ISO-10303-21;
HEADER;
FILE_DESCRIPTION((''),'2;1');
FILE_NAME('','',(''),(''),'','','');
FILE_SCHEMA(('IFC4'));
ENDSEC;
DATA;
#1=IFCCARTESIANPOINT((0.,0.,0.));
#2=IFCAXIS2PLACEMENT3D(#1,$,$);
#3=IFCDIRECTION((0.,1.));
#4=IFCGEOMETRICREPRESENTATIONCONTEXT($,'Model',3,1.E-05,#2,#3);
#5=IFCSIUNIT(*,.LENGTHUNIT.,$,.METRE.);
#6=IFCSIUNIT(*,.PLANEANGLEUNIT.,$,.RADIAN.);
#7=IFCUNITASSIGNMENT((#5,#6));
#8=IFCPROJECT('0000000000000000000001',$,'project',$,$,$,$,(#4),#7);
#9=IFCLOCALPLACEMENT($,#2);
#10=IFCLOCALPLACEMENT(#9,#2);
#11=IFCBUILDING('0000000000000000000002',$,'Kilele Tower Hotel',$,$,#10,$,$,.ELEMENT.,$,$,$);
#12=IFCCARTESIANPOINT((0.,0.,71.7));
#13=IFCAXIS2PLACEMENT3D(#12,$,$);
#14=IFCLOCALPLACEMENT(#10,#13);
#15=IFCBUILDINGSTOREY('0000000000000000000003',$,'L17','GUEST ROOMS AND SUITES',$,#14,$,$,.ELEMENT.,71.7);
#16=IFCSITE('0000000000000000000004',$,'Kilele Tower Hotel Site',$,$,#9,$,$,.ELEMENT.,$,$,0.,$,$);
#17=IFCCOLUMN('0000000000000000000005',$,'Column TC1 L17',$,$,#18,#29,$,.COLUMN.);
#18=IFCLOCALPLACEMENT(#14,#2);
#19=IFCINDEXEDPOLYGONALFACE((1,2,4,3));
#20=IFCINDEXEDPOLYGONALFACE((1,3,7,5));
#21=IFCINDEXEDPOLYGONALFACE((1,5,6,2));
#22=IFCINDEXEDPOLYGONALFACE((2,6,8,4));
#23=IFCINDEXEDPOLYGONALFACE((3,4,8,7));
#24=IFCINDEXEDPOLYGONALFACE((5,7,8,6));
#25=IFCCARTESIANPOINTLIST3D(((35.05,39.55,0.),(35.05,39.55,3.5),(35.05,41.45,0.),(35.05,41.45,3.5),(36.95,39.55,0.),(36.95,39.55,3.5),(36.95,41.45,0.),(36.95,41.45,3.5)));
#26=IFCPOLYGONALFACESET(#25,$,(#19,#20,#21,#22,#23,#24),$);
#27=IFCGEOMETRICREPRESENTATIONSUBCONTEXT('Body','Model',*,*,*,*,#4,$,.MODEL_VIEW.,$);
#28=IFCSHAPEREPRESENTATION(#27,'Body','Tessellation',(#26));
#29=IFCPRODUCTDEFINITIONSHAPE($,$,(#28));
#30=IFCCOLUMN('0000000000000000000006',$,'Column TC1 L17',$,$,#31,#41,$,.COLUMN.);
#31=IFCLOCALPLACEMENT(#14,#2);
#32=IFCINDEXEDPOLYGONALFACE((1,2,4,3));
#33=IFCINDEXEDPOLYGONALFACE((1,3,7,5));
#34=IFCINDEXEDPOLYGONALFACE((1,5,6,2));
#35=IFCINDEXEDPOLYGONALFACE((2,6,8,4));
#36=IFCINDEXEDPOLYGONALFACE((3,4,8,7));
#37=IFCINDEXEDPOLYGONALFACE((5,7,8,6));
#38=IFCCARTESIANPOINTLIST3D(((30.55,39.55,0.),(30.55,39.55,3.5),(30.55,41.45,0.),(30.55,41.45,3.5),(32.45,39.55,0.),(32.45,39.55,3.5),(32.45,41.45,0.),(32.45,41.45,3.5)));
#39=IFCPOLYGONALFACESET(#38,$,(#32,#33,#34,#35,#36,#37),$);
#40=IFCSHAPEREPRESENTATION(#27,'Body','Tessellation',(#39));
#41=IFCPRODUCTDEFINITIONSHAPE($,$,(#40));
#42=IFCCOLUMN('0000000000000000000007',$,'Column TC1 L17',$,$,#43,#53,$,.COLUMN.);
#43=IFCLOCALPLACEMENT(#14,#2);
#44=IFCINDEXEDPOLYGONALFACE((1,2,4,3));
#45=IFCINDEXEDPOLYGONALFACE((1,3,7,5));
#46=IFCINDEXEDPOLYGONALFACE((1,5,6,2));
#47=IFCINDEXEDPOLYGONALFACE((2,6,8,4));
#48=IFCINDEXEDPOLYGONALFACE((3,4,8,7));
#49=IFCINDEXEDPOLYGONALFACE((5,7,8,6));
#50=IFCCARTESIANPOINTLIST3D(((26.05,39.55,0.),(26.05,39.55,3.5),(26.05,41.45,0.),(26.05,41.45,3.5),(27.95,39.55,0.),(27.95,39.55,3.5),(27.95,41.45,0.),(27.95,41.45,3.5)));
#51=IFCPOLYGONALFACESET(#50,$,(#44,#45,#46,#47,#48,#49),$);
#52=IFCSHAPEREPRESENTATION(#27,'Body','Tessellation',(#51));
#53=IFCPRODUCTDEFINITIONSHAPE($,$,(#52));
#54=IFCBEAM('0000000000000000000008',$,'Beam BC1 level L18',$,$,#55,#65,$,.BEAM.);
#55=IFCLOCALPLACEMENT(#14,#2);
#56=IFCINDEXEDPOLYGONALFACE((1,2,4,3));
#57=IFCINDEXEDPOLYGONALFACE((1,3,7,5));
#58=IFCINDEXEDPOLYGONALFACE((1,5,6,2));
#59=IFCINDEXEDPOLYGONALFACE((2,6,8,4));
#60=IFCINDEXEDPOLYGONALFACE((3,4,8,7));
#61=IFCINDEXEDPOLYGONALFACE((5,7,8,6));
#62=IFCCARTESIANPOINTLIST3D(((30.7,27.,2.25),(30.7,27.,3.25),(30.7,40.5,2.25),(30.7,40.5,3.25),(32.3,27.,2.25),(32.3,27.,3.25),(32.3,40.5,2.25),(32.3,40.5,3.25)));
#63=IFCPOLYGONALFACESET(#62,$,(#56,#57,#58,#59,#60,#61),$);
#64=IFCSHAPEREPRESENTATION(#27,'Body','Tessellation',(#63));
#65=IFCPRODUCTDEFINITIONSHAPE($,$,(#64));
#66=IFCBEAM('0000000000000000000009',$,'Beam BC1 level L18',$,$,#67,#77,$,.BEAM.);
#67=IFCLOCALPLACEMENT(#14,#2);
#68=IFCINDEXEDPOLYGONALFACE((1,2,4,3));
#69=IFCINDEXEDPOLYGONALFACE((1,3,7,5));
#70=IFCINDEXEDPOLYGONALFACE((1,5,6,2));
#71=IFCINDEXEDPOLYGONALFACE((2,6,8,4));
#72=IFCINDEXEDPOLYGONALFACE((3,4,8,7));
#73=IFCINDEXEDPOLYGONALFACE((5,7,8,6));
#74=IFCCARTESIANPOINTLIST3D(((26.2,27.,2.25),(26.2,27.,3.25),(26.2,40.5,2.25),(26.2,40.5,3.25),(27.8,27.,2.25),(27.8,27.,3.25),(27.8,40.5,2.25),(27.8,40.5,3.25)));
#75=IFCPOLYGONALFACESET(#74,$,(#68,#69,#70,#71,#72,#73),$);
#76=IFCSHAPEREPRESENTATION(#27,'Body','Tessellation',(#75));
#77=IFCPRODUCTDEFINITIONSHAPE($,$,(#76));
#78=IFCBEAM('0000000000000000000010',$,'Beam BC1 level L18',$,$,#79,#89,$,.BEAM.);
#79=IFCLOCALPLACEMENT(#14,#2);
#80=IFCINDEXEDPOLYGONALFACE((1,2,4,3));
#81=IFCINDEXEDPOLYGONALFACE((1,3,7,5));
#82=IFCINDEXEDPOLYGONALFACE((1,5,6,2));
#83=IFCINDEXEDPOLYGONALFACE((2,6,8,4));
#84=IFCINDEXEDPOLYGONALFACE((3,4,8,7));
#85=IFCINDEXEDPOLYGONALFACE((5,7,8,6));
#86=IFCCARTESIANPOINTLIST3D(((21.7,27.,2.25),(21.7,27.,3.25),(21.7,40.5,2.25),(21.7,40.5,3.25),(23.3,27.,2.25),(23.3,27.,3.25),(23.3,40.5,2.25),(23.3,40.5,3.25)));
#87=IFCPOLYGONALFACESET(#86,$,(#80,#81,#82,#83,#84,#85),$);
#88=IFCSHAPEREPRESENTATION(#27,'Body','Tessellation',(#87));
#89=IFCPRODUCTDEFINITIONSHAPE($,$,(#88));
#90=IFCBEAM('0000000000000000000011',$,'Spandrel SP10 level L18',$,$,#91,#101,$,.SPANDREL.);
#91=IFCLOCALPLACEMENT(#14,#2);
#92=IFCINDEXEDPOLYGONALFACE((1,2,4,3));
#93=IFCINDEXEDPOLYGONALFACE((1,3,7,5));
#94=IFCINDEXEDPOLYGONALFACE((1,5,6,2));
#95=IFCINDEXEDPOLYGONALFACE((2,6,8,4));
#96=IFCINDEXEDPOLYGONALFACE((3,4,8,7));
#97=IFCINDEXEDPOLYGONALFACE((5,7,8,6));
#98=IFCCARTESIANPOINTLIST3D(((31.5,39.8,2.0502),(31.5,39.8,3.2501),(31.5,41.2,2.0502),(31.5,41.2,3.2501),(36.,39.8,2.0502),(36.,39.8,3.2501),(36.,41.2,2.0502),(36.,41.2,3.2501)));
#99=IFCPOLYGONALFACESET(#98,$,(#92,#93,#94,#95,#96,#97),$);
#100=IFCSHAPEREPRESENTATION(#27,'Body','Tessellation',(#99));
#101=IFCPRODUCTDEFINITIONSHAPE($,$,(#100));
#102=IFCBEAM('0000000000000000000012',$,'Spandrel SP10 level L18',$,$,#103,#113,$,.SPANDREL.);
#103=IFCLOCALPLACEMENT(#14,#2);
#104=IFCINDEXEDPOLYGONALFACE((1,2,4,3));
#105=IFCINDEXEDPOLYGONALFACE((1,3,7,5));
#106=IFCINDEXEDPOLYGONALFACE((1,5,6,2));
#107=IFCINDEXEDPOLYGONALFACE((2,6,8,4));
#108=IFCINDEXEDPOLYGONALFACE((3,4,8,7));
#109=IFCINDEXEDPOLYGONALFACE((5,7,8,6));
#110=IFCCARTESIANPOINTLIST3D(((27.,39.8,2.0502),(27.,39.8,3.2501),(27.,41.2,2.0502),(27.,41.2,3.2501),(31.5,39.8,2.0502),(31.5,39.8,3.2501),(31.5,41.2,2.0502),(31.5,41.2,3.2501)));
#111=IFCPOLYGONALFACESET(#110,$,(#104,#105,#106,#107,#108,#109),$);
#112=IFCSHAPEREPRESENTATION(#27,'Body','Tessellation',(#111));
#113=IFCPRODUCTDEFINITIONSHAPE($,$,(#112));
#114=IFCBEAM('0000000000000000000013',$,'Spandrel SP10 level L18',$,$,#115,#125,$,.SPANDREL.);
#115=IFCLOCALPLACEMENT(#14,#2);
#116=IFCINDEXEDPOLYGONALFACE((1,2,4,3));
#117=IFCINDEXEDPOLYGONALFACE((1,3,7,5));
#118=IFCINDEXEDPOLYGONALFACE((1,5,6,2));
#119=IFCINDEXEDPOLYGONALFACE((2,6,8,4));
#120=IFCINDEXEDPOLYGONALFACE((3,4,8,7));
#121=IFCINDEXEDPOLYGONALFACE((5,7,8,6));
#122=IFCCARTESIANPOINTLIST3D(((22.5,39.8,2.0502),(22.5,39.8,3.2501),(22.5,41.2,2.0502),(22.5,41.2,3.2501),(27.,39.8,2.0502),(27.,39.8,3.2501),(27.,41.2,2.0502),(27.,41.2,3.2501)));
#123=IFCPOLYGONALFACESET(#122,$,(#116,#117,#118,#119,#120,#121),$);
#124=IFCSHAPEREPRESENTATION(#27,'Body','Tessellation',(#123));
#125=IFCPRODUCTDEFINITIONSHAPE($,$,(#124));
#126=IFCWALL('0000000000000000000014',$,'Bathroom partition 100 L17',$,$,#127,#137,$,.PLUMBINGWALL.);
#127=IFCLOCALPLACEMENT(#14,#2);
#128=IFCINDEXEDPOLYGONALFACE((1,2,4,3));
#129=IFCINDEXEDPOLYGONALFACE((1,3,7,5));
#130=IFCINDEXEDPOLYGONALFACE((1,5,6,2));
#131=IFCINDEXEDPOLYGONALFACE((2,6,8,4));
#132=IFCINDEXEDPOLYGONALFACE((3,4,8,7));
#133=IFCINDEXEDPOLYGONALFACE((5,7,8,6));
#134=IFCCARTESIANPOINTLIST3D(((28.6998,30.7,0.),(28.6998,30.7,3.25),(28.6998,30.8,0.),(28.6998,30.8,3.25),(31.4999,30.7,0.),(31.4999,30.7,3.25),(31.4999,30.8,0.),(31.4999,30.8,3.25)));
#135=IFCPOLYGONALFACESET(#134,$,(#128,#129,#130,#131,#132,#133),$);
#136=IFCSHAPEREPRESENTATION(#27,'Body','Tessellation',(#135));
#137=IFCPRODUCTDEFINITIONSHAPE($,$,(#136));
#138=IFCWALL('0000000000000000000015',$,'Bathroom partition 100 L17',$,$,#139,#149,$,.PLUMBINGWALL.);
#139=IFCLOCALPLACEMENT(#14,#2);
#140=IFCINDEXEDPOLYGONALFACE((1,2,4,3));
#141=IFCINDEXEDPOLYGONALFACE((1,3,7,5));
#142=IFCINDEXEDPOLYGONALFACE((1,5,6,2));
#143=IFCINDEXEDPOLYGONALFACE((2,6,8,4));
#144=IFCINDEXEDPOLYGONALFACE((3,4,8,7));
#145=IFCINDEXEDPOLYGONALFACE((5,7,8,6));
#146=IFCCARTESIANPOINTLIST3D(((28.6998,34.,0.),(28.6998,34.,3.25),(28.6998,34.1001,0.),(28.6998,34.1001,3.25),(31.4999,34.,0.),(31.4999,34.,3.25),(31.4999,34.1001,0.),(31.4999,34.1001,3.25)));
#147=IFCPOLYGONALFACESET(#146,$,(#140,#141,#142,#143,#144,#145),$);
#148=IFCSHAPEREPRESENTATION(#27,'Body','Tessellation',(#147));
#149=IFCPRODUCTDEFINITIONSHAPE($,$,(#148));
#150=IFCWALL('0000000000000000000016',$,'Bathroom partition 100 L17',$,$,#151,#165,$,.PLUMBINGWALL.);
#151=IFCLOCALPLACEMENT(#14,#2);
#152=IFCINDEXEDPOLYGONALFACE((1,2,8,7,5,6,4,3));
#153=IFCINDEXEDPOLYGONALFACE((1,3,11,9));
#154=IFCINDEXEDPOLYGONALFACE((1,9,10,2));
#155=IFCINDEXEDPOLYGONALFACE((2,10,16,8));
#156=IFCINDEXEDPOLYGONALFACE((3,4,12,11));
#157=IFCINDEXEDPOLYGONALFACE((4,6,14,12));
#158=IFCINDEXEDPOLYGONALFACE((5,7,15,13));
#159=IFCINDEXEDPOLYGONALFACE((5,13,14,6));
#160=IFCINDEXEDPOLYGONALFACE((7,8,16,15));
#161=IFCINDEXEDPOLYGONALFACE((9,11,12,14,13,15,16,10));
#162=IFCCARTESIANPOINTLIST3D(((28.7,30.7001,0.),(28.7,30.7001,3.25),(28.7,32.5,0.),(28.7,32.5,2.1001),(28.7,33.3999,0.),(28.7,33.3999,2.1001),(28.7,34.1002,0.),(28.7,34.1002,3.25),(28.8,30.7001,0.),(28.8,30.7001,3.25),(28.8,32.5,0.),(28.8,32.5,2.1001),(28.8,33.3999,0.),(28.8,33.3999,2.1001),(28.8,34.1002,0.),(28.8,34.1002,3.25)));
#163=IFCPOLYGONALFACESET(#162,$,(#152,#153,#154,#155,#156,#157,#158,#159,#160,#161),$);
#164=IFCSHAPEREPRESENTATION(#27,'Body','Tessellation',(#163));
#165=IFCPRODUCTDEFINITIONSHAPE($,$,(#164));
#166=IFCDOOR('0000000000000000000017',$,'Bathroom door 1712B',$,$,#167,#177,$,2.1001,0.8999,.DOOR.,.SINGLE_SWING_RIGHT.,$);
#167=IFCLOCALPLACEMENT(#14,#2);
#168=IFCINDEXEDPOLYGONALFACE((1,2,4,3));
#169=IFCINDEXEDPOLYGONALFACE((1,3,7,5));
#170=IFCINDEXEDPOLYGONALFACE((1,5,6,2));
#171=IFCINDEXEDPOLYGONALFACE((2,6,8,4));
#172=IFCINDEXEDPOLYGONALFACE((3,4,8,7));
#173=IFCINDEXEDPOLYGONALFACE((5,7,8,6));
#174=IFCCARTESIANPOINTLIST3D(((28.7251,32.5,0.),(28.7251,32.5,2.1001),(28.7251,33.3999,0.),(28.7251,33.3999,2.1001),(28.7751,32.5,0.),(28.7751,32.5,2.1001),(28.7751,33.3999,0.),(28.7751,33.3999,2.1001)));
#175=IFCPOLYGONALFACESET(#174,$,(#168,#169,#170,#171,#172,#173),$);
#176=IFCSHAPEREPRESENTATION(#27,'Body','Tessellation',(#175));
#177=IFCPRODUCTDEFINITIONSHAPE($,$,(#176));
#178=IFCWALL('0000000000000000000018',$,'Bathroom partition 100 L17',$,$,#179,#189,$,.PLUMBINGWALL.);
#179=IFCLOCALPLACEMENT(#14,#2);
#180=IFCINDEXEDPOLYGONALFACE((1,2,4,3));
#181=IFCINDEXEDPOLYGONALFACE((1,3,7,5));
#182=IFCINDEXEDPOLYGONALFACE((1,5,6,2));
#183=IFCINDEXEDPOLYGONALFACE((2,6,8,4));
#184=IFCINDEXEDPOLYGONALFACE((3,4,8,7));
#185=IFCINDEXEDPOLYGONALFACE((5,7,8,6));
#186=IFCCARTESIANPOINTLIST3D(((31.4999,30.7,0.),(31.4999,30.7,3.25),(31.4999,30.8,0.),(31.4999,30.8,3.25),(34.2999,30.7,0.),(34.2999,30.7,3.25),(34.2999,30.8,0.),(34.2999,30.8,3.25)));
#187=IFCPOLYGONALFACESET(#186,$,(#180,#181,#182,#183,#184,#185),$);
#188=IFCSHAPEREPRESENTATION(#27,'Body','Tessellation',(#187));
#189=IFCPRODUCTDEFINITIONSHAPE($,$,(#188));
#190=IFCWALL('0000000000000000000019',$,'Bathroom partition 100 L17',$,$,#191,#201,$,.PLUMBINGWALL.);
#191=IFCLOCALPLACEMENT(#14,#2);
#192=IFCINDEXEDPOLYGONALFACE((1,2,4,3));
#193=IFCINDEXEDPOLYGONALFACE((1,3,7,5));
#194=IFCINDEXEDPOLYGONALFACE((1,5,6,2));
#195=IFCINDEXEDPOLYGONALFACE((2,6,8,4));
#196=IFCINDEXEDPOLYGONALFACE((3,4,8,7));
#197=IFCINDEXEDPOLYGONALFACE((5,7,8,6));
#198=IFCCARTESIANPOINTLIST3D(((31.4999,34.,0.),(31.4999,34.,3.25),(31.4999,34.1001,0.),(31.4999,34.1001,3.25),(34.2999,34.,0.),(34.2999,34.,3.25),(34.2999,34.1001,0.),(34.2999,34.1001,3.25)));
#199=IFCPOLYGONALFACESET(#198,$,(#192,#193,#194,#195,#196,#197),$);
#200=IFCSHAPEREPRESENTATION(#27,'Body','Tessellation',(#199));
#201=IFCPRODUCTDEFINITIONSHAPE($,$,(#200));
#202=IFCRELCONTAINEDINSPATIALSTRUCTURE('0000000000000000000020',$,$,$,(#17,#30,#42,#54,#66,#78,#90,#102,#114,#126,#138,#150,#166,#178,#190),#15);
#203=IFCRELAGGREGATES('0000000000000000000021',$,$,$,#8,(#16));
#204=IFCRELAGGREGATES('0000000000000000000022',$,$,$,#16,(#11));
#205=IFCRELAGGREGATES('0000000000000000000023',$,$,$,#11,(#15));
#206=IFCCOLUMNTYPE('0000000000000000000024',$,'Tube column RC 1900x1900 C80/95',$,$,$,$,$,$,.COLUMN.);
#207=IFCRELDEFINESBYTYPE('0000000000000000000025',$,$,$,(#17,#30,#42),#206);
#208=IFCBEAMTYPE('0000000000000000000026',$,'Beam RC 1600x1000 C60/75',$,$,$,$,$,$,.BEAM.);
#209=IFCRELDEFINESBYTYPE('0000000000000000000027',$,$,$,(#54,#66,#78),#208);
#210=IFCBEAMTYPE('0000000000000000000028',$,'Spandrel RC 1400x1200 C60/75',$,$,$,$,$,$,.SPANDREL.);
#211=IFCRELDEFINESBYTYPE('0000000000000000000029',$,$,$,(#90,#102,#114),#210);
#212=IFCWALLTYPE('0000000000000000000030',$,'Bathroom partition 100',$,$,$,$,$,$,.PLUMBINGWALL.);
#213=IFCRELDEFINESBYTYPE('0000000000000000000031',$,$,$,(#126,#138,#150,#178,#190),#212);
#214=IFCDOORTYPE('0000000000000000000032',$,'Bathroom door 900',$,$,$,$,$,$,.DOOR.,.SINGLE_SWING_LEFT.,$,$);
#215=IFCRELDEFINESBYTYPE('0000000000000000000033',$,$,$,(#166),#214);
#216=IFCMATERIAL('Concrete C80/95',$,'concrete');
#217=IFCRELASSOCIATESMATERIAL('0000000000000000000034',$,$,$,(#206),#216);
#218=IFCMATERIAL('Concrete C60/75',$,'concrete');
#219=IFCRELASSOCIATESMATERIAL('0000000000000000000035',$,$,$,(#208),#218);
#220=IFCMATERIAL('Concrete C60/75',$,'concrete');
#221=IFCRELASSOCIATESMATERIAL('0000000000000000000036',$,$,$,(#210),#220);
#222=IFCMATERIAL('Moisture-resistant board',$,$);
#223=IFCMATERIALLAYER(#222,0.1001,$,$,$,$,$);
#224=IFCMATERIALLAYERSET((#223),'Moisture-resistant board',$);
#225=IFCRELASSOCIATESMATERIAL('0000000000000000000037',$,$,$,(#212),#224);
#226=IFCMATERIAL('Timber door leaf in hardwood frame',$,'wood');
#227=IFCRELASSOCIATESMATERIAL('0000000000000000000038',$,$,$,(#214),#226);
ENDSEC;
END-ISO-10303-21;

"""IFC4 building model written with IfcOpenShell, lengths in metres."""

from ifc_helpers import new_model, si_unit, direction, frame, frame_2d, origin, origin_2d, place, context, subcontext, project, spatial, rectangle, extrude, material, layer, layer_set, material_profile, profile_set, type_object, element, fill, save


model = new_model("IFC4")

# Units and contexts
model_context = context("Model", 3, precision=1e-05, world=origin(), true_north=direction((0.0, 1.0)))
body_context = subcontext(model_context, "Body", "Model", "MODEL_VIEW")
ifc_project = project(units=[si_unit("LENGTHUNIT", "METRE"), si_unit("PLANEANGLEUNIT", "RADIAN")], contexts=[model_context])

# Site, building, storey
site_placement = place(None, origin())
site = spatial("IfcSite", under=ifc_project, at=site_placement, Name="Kilele Tower Hotel Site", CompositionType="ELEMENT", RefElevation=0.0)
building_placement = place(site_placement, origin())
building = spatial("IfcBuilding", under=site, at=building_placement, Name="Kilele Tower Hotel", CompositionType="ELEMENT")
storey_placement = place(building_placement, frame((0.0, 0.0, 71.7)))
storey = spatial("IfcBuildingStorey", under=building, at=storey_placement, Name="L17", Description="GUEST ROOMS AND SUITES", CompositionType="ELEMENT", Elevation=71.7)

# Columns
ifc_material_1 = material(Name="Concrete C80/95", Category="concrete")
ifc_material_profile_1 = material_profile(ifc_material_1, rectangle(XDim=1.8999, YDim=1.8999, at=origin_2d()))
ifc_profile_set_1 = profile_set([ifc_material_profile_1], Name="Concrete C80/95")
column_type = type_object("IfcColumnType", Name="Tube column RC 1900x1900 C80/95", PredefinedType="COLUMN", material=ifc_profile_set_1)
for number, where, z_axis, x_axis, name in (
    (1, (36.0, 40.5, 0.0), (0.0, 0.0, 1.0), (1.0, 0.0, 0.0), "Column TC1 L17"),
    (2, (31.5, 40.5, 0.0), (0.0, 0.0, 1.0), (1.0, 0.0, 0.0), "Column TC1 L17"),
    (3, (27.0, 40.5, 0.0), (0.0, 0.0, 1.0), (1.0, 0.0, 0.0), "Column TC1 L17"),
):
    element("IfcColumn", number, at=place(storey_placement, frame(where, z_axis=z_axis, x_axis=x_axis)), inside=storey, type_object=column_type, Name=name, PredefinedType="COLUMN", context=body_context, shape_type="SweptSolid", body=[
        extrude(rectangle(XDim=1.8999, YDim=1.8999, at=origin_2d()), origin(), (0.0, 0.0, 1.0), 3.5),
    ])

# Beams
ifc_material_2 = material(Name="Concrete C60/75", Category="concrete")
ifc_material_profile_2 = material_profile(ifc_material_2, rectangle(XDim=1.6001, YDim=1.0, at=origin_2d()))
ifc_profile_set_2 = profile_set([ifc_material_profile_2], Name="Concrete C60/75")
beam_type_1 = type_object("IfcBeamType", Name="Beam RC 1600x1000 C60/75", PredefinedType="BEAM", material=ifc_profile_set_2)
for number, where, z_axis, x_axis, name in (
    (4, (31.5, 40.5, 2.75), (0.0, -1.0, 0.0), (1.0, 0.0, 0.0), "Beam BC1 level L18"),
    (5, (27.0, 40.5, 2.75), (0.0, -1.0, 0.0), (1.0, 0.0, 0.0), "Beam BC1 level L18"),
    (6, (22.5, 40.5, 2.75), (0.0, -1.0, 0.0), (1.0, 0.0, 0.0), "Beam BC1 level L18"),
):
    element("IfcBeam", number, at=place(storey_placement, frame(where, z_axis=z_axis, x_axis=x_axis)), inside=storey, type_object=beam_type_1, Name=name, PredefinedType="BEAM", context=body_context, shape_type="SweptSolid", body=[
        extrude(rectangle(XDim=1.6001, YDim=1.0, at=origin_2d()), origin(), (0.0, 0.0, 1.0), 13.5),
    ])
ifc_material_3 = material(Name="Concrete C60/75", Category="concrete")
ifc_material_profile_3 = material_profile(ifc_material_3, rectangle(XDim=1.3999, YDim=1.2, at=origin_2d()))
ifc_profile_set_3 = profile_set([ifc_material_profile_3], Name="Concrete C60/75")
beam_type_2 = type_object("IfcBeamType", Name="Spandrel RC 1400x1200 C60/75", PredefinedType="SPANDREL", material=ifc_profile_set_3)
for number, where, z_axis, x_axis, name in (
    (7, (36.0, 40.5, 2.6501), (-1.0, 0.0, 0.0), (0.0, -1.0, 0.0), "Spandrel SP10 level L18"),
    (8, (31.5, 40.5, 2.6501), (-1.0, 0.0, 0.0), (0.0, -1.0, 0.0), "Spandrel SP10 level L18"),
    (9, (27.0, 40.5, 2.6501), (-1.0, 0.0, 0.0), (0.0, -1.0, 0.0), "Spandrel SP10 level L18"),
):
    element("IfcBeam", number, at=place(storey_placement, frame(where, z_axis=z_axis, x_axis=x_axis)), inside=storey, type_object=beam_type_2, Name=name, PredefinedType="SPANDREL", context=body_context, shape_type="SweptSolid", body=[
        extrude(rectangle(XDim=1.3999, YDim=1.2, at=origin_2d()), origin(), (0.0, 0.0, 1.0), 4.5),
    ])

# Walls
ifc_material_4 = material(Name="Moisture-resistant board")
ifc_layer_1 = layer(ifc_material_4, 0.1001)
ifc_layer_set_1 = layer_set([ifc_layer_1], Name="Moisture-resistant board")
wall_type_1 = type_object("IfcWallType", Name="Bathroom partition 100", PredefinedType="PLUMBINGWALL", material=ifc_layer_set_1)
for number, where, z_axis, x_axis, name in (
    (10, (28.7, 30.75, 0.0), (0.0, 0.0, 1.0), (1.0, 0.0, 0.0), "Bathroom partition 100 L17"),
    (11, (28.7, 34.05, 0.0), (0.0, 0.0, 1.0), (1.0, 0.0, 0.0), "Bathroom partition 100 L17"),
):
    element("IfcWall", number, at=place(storey_placement, frame(where, z_axis=z_axis, x_axis=x_axis)), inside=storey, type_object=wall_type_1, Name=name, PredefinedType="PLUMBINGWALL", context=body_context, shape_type="SweptSolid", body=[
        extrude(rectangle(XDim=2.8, YDim=0.1001, at=frame_2d((1.3999, 0.0))), origin(), (0.0, 0.0, 1.0), 3.25),
    ])

# Wall, opening, door
wall_1_placement = place(storey_placement, frame((28.75, 30.7, 0.0), z_axis=(0.0, 0.0, 1.0), x_axis=(0.0, 1.0, 0.0)))
wall_1 = element("IfcWall", 12, at=wall_1_placement, inside=storey, type_object=wall_type_1, Name="Bathroom partition 100 L17", PredefinedType="PLUMBINGWALL", context=body_context, shape_type="SweptSolid", body=[
    extrude(rectangle(XDim=3.4001, YDim=0.1001, at=frame_2d((1.7002, 0.0))), origin(), (0.0, 0.0, 1.0), 3.25),
])
opening_1_placement = place(wall_1_placement, frame((1.8, 0.0, 0.0)))
opening_1 = element("IfcOpeningElement", 13, at=opening_1_placement, cuts=wall_1, PredefinedType="OPENING", context=body_context, shape_type="SweptSolid", body=[
    extrude(rectangle(XDim=0.8999, YDim=2.1001, at=frame_2d((0.45, 1.05))), frame((0.0, 0.0601, 0.0), z_axis=(0.0, -1.0, 0.0), x_axis=(1.0, 0.0, 0.0)), (0.0, 0.0, 1.0), 0.1201),
])
ifc_material_5 = material(Name="Timber door leaf in hardwood frame", Category="wood")
door_type_1 = type_object("IfcDoorType", Name="Bathroom door 900", OperationType="SINGLE_SWING_LEFT", PredefinedType="DOOR", material=ifc_material_5)
door_1_placement = place(opening_1_placement, origin())
door_1 = element("IfcDoor", 14, at=door_1_placement, inside=storey, type_object=door_type_1, Name="Bathroom door 1712B", OperationType="SINGLE_SWING_RIGHT", OverallHeight=2.1001, OverallWidth=0.8999, PredefinedType="DOOR", context=body_context, shape_type="SweptSolid", body=[
    extrude(rectangle(XDim=0.8999, YDim=2.1001, at=frame_2d((0.45, 1.05))), frame((0.0, 0.0249, 0.0), z_axis=(0.0, -1.0, 0.0), x_axis=(1.0, 0.0, 0.0)), (0.0, 0.0, 1.0), 0.05),
])
fill(opening_1, door_1)

# Walls
for number, where, z_axis, x_axis, name in (
    (15, (31.5, 30.75, 0.0), (0.0, 0.0, 1.0), (1.0, 0.0, 0.0), "Bathroom partition 100 L17"),
    (16, (31.5, 34.05, 0.0), (0.0, 0.0, 1.0), (1.0, 0.0, 0.0), "Bathroom partition 100 L17"),
):
    element("IfcWall", number, at=place(storey_placement, frame(where, z_axis=z_axis, x_axis=x_axis)), inside=storey, type_object=wall_type_1, Name=name, PredefinedType="PLUMBINGWALL", context=body_context, shape_type="SweptSolid", body=[
        extrude(rectangle(XDim=2.8, YDim=0.1001, at=frame_2d((1.3999, 0.0))), origin(), (0.0, 0.0, 1.0), 3.25),
    ])

save(model, "model.ifc")
